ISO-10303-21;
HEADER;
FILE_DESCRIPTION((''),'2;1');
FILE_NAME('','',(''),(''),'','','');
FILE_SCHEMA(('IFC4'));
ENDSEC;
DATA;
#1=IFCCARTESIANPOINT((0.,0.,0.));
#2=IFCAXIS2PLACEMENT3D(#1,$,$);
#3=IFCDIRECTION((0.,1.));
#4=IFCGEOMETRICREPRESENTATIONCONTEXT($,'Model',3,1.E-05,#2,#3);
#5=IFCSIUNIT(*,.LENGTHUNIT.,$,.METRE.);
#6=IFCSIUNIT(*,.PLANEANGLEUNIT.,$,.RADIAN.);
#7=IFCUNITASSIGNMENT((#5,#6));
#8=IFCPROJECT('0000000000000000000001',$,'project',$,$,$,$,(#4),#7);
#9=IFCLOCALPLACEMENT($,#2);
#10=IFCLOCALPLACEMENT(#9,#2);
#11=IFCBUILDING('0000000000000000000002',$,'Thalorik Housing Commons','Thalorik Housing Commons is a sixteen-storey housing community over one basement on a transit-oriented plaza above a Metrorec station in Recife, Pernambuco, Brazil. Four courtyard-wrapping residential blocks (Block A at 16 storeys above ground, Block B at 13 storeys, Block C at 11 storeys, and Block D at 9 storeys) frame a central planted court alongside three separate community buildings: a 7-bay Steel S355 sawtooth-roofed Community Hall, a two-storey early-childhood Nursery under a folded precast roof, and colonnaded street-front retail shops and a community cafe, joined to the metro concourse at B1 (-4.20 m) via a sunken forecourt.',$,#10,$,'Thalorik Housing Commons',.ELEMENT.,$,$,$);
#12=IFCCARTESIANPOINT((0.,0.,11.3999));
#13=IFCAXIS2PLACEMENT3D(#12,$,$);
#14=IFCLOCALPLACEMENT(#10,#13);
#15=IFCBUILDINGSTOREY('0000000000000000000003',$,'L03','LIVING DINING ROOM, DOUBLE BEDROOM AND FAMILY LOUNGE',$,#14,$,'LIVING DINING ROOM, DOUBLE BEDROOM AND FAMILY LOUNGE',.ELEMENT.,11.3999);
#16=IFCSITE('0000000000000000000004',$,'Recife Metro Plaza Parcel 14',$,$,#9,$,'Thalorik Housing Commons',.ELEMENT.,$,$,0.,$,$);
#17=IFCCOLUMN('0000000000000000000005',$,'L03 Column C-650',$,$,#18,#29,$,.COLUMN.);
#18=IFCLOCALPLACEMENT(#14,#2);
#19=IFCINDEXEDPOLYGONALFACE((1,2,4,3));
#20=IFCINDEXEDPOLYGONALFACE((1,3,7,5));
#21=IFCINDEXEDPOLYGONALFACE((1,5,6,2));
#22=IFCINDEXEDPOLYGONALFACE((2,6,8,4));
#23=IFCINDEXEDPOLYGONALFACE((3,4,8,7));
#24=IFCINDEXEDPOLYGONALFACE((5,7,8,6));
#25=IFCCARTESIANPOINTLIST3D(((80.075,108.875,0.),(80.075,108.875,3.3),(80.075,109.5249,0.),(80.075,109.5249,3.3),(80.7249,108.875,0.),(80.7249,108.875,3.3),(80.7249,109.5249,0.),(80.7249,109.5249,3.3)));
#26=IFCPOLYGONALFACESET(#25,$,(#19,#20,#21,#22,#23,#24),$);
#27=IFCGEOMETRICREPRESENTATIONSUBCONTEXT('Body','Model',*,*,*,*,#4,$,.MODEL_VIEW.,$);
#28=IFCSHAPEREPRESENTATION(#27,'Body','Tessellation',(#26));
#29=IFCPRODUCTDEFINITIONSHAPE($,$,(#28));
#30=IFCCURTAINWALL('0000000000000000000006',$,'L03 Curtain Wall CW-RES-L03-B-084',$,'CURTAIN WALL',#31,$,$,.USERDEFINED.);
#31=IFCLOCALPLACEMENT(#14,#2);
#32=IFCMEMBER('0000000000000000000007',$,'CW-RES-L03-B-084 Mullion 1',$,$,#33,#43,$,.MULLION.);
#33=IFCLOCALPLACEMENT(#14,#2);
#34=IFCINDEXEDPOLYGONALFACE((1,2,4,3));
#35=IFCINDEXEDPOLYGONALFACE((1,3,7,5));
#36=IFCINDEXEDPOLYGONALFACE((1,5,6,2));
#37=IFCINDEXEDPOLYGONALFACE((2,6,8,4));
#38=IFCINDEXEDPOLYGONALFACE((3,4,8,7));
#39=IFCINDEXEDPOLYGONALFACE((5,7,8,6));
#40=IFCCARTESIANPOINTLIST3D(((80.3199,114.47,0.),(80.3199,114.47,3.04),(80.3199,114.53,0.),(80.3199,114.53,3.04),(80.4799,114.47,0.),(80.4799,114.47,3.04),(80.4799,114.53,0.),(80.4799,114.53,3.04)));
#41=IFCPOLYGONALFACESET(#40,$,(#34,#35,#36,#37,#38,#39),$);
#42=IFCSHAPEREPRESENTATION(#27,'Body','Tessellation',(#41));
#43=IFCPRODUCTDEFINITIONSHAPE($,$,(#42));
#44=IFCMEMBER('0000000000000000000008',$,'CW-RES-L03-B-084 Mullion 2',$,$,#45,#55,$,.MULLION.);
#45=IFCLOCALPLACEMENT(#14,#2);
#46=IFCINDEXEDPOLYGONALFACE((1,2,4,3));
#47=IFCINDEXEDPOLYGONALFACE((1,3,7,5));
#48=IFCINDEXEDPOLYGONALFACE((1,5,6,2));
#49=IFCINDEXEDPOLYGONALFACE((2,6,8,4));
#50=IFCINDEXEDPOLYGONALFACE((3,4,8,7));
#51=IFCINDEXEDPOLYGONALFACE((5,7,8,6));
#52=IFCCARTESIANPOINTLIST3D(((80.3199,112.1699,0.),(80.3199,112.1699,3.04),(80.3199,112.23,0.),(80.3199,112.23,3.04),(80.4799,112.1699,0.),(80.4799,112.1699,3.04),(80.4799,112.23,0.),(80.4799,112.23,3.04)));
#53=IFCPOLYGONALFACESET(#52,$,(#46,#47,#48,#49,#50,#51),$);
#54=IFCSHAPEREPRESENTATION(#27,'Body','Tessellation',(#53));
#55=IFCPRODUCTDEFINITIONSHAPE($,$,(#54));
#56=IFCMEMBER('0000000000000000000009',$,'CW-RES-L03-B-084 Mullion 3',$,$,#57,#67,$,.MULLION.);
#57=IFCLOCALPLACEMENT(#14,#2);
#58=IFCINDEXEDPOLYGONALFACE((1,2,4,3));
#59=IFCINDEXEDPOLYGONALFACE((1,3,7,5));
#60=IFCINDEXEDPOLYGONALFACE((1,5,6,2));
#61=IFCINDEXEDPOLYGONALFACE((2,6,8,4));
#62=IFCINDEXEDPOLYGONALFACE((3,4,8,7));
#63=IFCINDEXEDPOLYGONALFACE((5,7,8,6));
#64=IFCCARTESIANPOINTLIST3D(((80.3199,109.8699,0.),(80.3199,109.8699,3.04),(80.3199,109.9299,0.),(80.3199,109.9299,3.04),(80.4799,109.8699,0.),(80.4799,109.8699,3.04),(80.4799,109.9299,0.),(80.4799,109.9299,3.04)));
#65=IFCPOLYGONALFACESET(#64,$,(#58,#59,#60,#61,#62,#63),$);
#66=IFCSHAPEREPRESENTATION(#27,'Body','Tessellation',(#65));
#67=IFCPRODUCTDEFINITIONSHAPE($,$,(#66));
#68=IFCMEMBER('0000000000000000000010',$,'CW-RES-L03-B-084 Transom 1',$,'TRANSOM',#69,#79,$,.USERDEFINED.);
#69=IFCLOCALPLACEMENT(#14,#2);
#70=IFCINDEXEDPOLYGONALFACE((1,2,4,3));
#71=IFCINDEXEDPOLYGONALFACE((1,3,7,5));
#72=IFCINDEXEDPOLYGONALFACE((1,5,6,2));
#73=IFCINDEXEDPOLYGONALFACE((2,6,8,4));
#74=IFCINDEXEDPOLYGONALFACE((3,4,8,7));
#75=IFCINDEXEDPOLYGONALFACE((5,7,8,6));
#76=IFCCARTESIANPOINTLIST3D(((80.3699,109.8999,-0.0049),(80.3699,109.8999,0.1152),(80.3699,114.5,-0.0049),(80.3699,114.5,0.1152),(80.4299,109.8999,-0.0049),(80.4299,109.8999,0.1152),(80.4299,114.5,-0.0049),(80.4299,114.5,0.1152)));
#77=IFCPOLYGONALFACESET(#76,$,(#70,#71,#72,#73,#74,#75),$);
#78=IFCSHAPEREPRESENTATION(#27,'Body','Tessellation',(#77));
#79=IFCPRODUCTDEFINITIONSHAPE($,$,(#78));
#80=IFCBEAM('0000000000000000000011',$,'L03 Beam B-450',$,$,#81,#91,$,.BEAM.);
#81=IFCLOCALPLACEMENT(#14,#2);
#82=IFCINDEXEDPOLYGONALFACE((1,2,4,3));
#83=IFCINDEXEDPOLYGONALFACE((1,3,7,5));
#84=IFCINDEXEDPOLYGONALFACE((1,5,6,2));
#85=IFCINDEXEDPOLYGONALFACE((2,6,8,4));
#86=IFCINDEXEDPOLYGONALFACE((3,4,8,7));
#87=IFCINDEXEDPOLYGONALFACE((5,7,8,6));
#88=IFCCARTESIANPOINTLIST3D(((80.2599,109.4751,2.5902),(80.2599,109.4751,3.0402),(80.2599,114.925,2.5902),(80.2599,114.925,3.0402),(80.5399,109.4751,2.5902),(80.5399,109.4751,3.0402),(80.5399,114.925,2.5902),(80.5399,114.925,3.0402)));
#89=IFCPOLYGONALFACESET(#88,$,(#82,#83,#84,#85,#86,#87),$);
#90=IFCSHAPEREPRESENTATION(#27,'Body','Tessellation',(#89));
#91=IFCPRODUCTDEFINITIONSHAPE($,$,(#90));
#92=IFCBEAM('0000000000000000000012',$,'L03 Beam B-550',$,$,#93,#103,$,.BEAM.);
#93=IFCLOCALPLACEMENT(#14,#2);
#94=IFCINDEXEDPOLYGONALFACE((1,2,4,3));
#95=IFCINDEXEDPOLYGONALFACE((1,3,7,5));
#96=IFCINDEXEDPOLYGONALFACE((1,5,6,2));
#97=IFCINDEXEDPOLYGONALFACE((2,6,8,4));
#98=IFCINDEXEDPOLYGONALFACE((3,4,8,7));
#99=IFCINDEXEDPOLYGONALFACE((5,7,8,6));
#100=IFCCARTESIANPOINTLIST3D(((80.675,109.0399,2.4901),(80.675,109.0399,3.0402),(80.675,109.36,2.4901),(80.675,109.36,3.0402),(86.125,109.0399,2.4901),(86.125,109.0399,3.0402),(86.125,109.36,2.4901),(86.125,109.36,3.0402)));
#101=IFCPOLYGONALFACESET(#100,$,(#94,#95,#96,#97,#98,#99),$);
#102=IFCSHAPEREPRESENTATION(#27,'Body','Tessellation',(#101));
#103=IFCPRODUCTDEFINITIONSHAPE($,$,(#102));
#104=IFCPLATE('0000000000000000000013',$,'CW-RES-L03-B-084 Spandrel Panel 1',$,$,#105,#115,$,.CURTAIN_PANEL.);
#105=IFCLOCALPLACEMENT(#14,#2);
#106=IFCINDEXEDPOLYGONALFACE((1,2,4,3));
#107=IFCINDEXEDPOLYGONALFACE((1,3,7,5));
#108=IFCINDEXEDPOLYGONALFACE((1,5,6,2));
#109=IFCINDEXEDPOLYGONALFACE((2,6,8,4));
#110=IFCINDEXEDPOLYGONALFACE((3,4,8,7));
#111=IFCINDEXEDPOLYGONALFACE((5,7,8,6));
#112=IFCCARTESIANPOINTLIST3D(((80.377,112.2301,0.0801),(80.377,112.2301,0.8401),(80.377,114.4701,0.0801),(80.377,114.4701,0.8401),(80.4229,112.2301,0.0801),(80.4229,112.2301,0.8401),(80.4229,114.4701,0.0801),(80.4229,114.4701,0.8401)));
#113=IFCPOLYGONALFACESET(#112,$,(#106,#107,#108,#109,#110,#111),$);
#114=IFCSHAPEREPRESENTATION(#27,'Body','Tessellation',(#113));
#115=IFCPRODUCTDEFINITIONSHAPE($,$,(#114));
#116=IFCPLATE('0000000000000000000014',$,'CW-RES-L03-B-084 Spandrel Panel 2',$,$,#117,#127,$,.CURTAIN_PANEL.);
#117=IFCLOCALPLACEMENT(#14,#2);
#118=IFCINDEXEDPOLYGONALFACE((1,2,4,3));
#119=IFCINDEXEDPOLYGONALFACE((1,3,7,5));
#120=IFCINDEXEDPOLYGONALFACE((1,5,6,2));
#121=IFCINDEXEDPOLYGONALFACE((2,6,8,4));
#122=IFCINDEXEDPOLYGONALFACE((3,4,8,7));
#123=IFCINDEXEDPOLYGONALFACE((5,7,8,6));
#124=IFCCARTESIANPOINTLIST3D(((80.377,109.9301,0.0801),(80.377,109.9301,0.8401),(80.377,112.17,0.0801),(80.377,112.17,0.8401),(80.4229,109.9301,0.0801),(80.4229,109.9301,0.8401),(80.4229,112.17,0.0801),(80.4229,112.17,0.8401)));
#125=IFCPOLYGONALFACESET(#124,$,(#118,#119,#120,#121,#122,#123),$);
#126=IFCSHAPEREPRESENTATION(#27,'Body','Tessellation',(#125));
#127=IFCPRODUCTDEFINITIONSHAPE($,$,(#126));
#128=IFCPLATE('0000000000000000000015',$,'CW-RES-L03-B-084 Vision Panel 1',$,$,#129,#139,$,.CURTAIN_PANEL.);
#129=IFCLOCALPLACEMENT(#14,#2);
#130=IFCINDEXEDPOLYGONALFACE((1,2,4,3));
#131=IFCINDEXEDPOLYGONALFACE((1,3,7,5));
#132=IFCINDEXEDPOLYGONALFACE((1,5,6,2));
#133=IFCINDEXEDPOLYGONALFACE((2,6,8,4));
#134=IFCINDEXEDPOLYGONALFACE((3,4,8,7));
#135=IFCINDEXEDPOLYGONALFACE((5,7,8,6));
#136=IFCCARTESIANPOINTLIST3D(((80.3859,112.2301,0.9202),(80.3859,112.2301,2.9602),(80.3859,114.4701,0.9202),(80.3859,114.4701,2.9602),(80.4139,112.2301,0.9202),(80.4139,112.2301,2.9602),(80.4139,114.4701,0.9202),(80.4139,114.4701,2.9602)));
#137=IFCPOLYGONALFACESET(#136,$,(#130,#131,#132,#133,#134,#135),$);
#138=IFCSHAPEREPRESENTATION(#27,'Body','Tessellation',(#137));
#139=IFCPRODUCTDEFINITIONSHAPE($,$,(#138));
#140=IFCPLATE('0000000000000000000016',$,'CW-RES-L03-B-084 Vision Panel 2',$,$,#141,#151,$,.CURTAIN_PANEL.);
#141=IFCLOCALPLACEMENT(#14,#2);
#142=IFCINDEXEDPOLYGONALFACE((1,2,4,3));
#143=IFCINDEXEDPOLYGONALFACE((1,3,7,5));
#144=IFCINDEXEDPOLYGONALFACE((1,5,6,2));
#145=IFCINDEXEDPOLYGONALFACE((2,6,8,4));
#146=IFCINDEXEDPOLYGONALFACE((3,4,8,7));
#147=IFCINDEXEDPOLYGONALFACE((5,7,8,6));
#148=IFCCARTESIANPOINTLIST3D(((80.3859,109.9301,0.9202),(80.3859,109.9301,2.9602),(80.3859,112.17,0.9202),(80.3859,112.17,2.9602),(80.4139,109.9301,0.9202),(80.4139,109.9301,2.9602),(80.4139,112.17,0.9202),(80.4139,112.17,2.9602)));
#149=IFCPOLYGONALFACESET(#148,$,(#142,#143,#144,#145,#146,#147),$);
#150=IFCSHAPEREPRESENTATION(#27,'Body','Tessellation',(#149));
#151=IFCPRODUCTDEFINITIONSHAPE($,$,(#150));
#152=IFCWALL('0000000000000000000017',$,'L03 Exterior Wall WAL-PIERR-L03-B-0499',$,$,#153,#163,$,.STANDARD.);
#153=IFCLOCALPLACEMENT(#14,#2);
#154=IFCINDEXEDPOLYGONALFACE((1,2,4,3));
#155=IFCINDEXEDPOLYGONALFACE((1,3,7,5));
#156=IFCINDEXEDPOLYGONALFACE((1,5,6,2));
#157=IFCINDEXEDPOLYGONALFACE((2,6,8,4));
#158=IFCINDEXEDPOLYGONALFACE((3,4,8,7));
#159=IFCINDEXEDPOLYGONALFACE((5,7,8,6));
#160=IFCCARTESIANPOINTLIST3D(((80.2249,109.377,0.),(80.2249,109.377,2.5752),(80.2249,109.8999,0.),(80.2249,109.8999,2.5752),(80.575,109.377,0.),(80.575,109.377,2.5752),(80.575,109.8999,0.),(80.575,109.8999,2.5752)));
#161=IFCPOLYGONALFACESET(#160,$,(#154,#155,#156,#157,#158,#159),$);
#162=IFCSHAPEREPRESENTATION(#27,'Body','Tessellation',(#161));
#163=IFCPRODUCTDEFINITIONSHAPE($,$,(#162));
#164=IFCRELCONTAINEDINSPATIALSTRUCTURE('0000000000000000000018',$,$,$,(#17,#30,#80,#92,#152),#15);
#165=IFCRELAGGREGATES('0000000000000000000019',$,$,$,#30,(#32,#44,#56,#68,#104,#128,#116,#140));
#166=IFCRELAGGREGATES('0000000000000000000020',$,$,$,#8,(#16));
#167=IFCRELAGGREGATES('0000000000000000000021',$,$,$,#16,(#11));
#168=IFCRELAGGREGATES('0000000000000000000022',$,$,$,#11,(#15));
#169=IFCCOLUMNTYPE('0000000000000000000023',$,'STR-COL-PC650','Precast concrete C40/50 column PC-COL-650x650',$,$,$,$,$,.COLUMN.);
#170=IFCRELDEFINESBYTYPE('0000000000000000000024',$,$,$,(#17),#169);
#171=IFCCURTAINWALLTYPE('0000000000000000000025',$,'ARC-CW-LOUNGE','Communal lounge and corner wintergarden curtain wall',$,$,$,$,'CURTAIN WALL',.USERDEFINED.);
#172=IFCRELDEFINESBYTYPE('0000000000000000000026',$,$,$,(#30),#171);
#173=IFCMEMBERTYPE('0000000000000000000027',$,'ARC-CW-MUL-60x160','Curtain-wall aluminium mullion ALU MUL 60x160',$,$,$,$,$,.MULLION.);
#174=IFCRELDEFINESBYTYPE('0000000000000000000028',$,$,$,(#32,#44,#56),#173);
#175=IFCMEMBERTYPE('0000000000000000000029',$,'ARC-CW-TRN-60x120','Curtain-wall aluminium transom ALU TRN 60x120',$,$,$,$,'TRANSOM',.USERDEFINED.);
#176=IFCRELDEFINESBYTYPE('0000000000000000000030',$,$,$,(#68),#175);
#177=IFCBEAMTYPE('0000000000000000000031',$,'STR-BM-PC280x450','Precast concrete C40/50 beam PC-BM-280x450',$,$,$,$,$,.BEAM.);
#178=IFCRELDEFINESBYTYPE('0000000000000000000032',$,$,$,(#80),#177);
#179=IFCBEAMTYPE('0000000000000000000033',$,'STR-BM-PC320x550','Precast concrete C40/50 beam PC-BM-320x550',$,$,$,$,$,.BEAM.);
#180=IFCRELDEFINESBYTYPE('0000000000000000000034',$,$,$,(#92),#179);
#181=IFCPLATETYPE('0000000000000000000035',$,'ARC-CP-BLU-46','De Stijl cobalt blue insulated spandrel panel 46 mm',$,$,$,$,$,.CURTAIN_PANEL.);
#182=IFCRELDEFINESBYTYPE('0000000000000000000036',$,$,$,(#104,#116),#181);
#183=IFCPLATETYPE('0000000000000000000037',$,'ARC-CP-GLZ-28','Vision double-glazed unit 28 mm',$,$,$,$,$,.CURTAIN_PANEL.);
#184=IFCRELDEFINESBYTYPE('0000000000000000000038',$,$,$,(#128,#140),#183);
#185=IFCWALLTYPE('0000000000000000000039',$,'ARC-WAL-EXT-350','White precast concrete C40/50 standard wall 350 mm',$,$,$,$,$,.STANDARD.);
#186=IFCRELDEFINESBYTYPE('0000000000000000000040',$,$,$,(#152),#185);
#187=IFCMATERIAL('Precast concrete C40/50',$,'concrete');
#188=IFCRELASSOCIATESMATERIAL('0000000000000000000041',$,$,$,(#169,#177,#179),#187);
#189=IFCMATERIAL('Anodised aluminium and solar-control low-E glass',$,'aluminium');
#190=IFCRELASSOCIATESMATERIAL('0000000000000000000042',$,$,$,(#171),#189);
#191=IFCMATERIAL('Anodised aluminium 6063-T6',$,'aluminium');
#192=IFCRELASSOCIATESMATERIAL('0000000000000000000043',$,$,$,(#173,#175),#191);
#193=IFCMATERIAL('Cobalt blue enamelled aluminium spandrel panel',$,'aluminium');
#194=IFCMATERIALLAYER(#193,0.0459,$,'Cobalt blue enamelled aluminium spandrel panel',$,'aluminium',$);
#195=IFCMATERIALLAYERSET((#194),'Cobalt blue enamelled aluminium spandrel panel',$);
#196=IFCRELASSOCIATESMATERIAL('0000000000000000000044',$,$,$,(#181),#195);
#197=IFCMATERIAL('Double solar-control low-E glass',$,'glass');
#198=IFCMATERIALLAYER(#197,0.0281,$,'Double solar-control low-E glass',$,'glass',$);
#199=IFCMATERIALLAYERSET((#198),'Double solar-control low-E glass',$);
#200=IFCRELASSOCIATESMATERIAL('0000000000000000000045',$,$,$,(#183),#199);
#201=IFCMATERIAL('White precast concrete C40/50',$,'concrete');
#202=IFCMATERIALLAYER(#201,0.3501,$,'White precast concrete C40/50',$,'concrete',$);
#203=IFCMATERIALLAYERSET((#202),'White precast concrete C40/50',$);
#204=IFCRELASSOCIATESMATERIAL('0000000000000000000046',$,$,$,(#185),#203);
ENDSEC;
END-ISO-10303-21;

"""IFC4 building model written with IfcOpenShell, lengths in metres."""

from ifc_helpers import new_model, si_unit, direction, frame, frame_2d, origin, origin_2d, place, context, subcontext, project, spatial, rectangle, extrude, material, layer, layer_set, material_profile, profile_set, type_object, element, aggregate, save


model = new_model("IFC4")

# Units and contexts
model_context = context("Model", 3, precision=1e-05, world=origin(), true_north=direction((0.0, 1.0)))
body_context = subcontext(model_context, "Body", "Model", "MODEL_VIEW")
ifc_project = project(units=[si_unit("LENGTHUNIT", "METRE"), si_unit("PLANEANGLEUNIT", "RADIAN")], contexts=[model_context])

# Site, building, storey
site_placement = place(None, origin())
site = spatial("IfcSite", under=ifc_project, at=site_placement, Name="Recife Metro Plaza Parcel 14", LongName="Thalorik Housing Commons", CompositionType="ELEMENT", RefElevation=0.0)
building_placement = place(site_placement, origin())
building = spatial("IfcBuilding", under=site, at=building_placement, Name="Thalorik Housing Commons", Description="Thalorik Housing Commons is a sixteen-storey housing community over one basement on a transit-oriented plaza above a Metrorec station in Recife, Pernambuco, Brazil. Four courtyard-wrapping residential blocks (Block A at 16 storeys above ground, Block B at 13 storeys, Block C at 11 storeys, and Block D at 9 storeys) frame a central planted court alongside three separate community buildings: a 7-bay Steel S355 sawtooth-roofed Community Hall, a two-storey early-childhood Nursery under a folded precast roof, and colonnaded street-front retail shops and a community cafe, joined to the metro concourse at B1 (-4.20 m) via a sunken forecourt.", LongName="Thalorik Housing Commons", CompositionType="ELEMENT")
storey_placement = place(building_placement, frame((0.0, 0.0, 11.3999)))
storey = spatial("IfcBuildingStorey", under=building, at=storey_placement, Name="L03", Description="LIVING DINING ROOM, DOUBLE BEDROOM AND FAMILY LOUNGE", LongName="LIVING DINING ROOM, DOUBLE BEDROOM AND FAMILY LOUNGE", CompositionType="ELEMENT", Elevation=11.3999)

# Column
ifc_material_1 = material(Name="Precast concrete C40/50", Category="concrete")
ifc_material_profile_1 = material_profile(ifc_material_1, rectangle(XDim=0.6499, YDim=0.6499, at=origin_2d()), Name="PC 650x650", Category="concrete")
ifc_profile_set_1 = profile_set([ifc_material_profile_1], Name="Precast concrete C40/50")
column_type = type_object("IfcColumnType", Name="STR-COL-PC650", Description="Precast concrete C40/50 column PC-COL-650x650", PredefinedType="COLUMN", material=ifc_profile_set_1)
column_placement = place(storey_placement, frame((80.3999, 109.2, 0.0), z_axis=(0.0, 0.0, 1.0), x_axis=(1.0, 0.0, 0.0)))
element("IfcColumn", 1, at=column_placement, inside=storey, type_object=column_type, Name="L03 Column C-650", PredefinedType="COLUMN", context=body_context, shape_type="SweptSolid", body=[
    extrude(rectangle(XDim=0.6499, YDim=0.6499, at=origin_2d()), origin(), (0.0, 0.0, 1.0), 3.3),
])

# Curtain wall, members
ifc_material_2 = material(Name="Anodised aluminium and solar-control low-E glass", Category="aluminium")
curtain_wall_type = type_object("IfcCurtainWallType", Name="ARC-CW-LOUNGE", Description="Communal lounge and corner wintergarden curtain wall", ElementType="CURTAIN WALL", PredefinedType="USERDEFINED", material=ifc_material_2)
curtain_wall_placement = place(storey_placement, origin())
curtain_wall = element("IfcCurtainWall", 2, at=curtain_wall_placement, inside=storey, type_object=curtain_wall_type, Name="L03 Curtain Wall CW-RES-L03-B-084", ObjectType="CURTAIN WALL", PredefinedType="USERDEFINED")
ifc_material_3 = material(Name="Anodised aluminium 6063-T6", Category="aluminium")
ifc_material_profile_2 = material_profile(ifc_material_3, rectangle(XDim=0.0601, YDim=0.1599, at=origin_2d()), Name="ALU MUL 60x160", Category="aluminium")
ifc_profile_set_2 = profile_set([ifc_material_profile_2], Name="Anodised aluminium 6063-T6")
member_type_1 = type_object("IfcMemberType", Name="ARC-CW-MUL-60x160", Description="Curtain-wall aluminium mullion ALU MUL 60x160", PredefinedType="MULLION", material=ifc_profile_set_2)
member_1_placement = place(storey_placement, frame((80.3999, 114.5, 0.0), z_axis=(0.0, 0.0, 1.0), x_axis=(0.0, -1.0, 0.0)))
member_1 = element("IfcMember", 3, at=member_1_placement, type_object=member_type_1, Name="CW-RES-L03-B-084 Mullion 1", PredefinedType="MULLION", context=body_context, shape_type="SweptSolid", body=[
    extrude(rectangle(XDim=0.0601, YDim=0.1599, at=origin_2d()), origin(), (0.0, 0.0, 1.0), 3.04),
])
member_2_placement = place(storey_placement, frame((80.3999, 112.2, 0.0), z_axis=(0.0, 0.0, 1.0), x_axis=(0.0, -1.0, 0.0)))
member_2 = element("IfcMember", 4, at=member_2_placement, type_object=member_type_1, Name="CW-RES-L03-B-084 Mullion 2", PredefinedType="MULLION", context=body_context, shape_type="SweptSolid", body=[
    extrude(rectangle(XDim=0.0601, YDim=0.1599, at=origin_2d()), origin(), (0.0, 0.0, 1.0), 3.04),
])
member_3_placement = place(storey_placement, frame((80.3999, 109.8999, 0.0), z_axis=(0.0, 0.0, 1.0), x_axis=(0.0, -1.0, 0.0)))
member_3 = element("IfcMember", 5, at=member_3_placement, type_object=member_type_1, Name="CW-RES-L03-B-084 Mullion 3", PredefinedType="MULLION", context=body_context, shape_type="SweptSolid", body=[
    extrude(rectangle(XDim=0.0601, YDim=0.1599, at=origin_2d()), origin(), (0.0, 0.0, 1.0), 3.04),
])
ifc_material_profile_3 = material_profile(ifc_material_3, rectangle(XDim=0.0601, YDim=0.1201, at=origin_2d()), Name="ALU TRN 60x120", Category="aluminium")
ifc_profile_set_3 = profile_set([ifc_material_profile_3], Name="Anodised aluminium 6063-T6")
member_type_2 = type_object("IfcMemberType", Name="ARC-CW-TRN-60x120", Description="Curtain-wall aluminium transom ALU TRN 60x120", ElementType="TRANSOM", PredefinedType="USERDEFINED", material=ifc_profile_set_3)
member_4_placement = place(storey_placement, frame((80.3999, 114.5, 0.0552), z_axis=(0.0, -1.0, 0.0), x_axis=(1.0, 0.0, 0.0)))
member_4 = element("IfcMember", 6, at=member_4_placement, type_object=member_type_2, Name="CW-RES-L03-B-084 Transom 1", ObjectType="TRANSOM", PredefinedType="USERDEFINED", context=body_context, shape_type="SweptSolid", body=[
    extrude(rectangle(XDim=0.0601, YDim=0.1201, at=origin_2d()), origin(), (0.0, 0.0, 1.0), 4.6001),
])

# Beams
ifc_material_profile_4 = material_profile(ifc_material_1, rectangle(XDim=0.28, YDim=0.45, at=origin_2d()), Name="PC 280x450", Category="concrete")
ifc_profile_set_4 = profile_set([ifc_material_profile_4], Name="Precast concrete C40/50")
beam_type_1 = type_object("IfcBeamType", Name="STR-BM-PC280x450", Description="Precast concrete C40/50 beam PC-BM-280x450", PredefinedType="BEAM", material=ifc_profile_set_4)
beam_1_placement = place(storey_placement, frame((80.3999, 109.4751, 2.8152), z_axis=(0.0, 1.0, 0.0), x_axis=(-1.0, 0.0, 0.0)))
element("IfcBeam", 7, at=beam_1_placement, inside=storey, type_object=beam_type_1, Name="L03 Beam B-450", PredefinedType="BEAM", context=body_context, shape_type="SweptSolid", body=[
    extrude(rectangle(XDim=0.28, YDim=0.45, at=origin_2d()), origin(), (0.0, 0.0, 1.0), 5.45),
])
ifc_material_profile_5 = material_profile(ifc_material_1, rectangle(XDim=0.3201, YDim=0.55, at=origin_2d()), Name="PC 320x550", Category="concrete")
ifc_profile_set_5 = profile_set([ifc_material_profile_5], Name="Precast concrete C40/50")
beam_type_2 = type_object("IfcBeamType", Name="STR-BM-PC320x550", Description="Precast concrete C40/50 beam PC-BM-320x550", PredefinedType="BEAM", material=ifc_profile_set_5)
beam_2_placement = place(storey_placement, frame((80.675, 109.2, 2.7651), z_axis=(1.0, 0.0, 0.0), x_axis=(0.0, 1.0, 0.0)))
element("IfcBeam", 8, at=beam_2_placement, inside=storey, type_object=beam_type_2, Name="L03 Beam B-550", PredefinedType="BEAM", context=body_context, shape_type="SweptSolid", body=[
    extrude(rectangle(XDim=0.3201, YDim=0.55, at=origin_2d()), origin(), (0.0, 0.0, 1.0), 5.45),
])

# Plates
ifc_material_4 = material(Name="Cobalt blue enamelled aluminium spandrel panel", Category="aluminium")
ifc_layer_1 = layer(ifc_material_4, 0.0459, Name="Cobalt blue enamelled aluminium spandrel panel", Category="aluminium")
ifc_layer_set_1 = layer_set([ifc_layer_1], Name="Cobalt blue enamelled aluminium spandrel panel")
plate_type_1 = type_object("IfcPlateType", Name="ARC-CP-BLU-46", Description="De Stijl cobalt blue insulated spandrel panel 46 mm", PredefinedType="CURTAIN_PANEL", material=ifc_layer_set_1)
plate_1_placement = place(storey_placement, frame((80.3999, 113.3501, 0.0801), z_axis=(0.0, 0.0, 1.0), x_axis=(0.0, -1.0, 0.0)))
plate_1 = element("IfcPlate", 9, at=plate_1_placement, type_object=plate_type_1, Name="CW-RES-L03-B-084 Spandrel Panel 1", PredefinedType="CURTAIN_PANEL", context=body_context, shape_type="SweptSolid", body=[
    extrude(rectangle(XDim=2.24, YDim=0.0459, at=origin_2d()), origin(), (0.0, 0.0, 1.0), 0.76),
])
plate_2_placement = place(storey_placement, frame((80.3999, 111.05, 0.0801), z_axis=(0.0, 0.0, 1.0), x_axis=(0.0, -1.0, 0.0)))
plate_2 = element("IfcPlate", 10, at=plate_2_placement, type_object=plate_type_1, Name="CW-RES-L03-B-084 Spandrel Panel 2", PredefinedType="CURTAIN_PANEL", context=body_context, shape_type="SweptSolid", body=[
    extrude(rectangle(XDim=2.24, YDim=0.0459, at=origin_2d()), origin(), (0.0, 0.0, 1.0), 0.76),
])
ifc_material_5 = material(Name="Double solar-control low-E glass", Category="glass")
ifc_layer_2 = layer(ifc_material_5, 0.0281, Name="Double solar-control low-E glass", Category="glass")
ifc_layer_set_2 = layer_set([ifc_layer_2], Name="Double solar-control low-E glass")
plate_type_2 = type_object("IfcPlateType", Name="ARC-CP-GLZ-28", Description="Vision double-glazed unit 28 mm", PredefinedType="CURTAIN_PANEL", material=ifc_layer_set_2)
plate_3_placement = place(storey_placement, frame((80.3999, 113.3501, 0.9202), z_axis=(0.0, 0.0, 1.0), x_axis=(0.0, -1.0, 0.0)))
plate_3 = element("IfcPlate", 11, at=plate_3_placement, type_object=plate_type_2, Name="CW-RES-L03-B-084 Vision Panel 1", PredefinedType="CURTAIN_PANEL", context=body_context, shape_type="SweptSolid", body=[
    extrude(rectangle(XDim=2.24, YDim=0.0281, at=origin_2d()), origin(), (0.0, 0.0, 1.0), 2.04),
])
plate_4_placement = place(storey_placement, frame((80.3999, 111.05, 0.9202), z_axis=(0.0, 0.0, 1.0), x_axis=(0.0, -1.0, 0.0)))
plate_4 = element("IfcPlate", 12, at=plate_4_placement, type_object=plate_type_2, Name="CW-RES-L03-B-084 Vision Panel 2", PredefinedType="CURTAIN_PANEL", context=body_context, shape_type="SweptSolid", body=[
    extrude(rectangle(XDim=2.24, YDim=0.0281, at=origin_2d()), origin(), (0.0, 0.0, 1.0), 2.04),
])
aggregate(curtain_wall, [member_1, member_2, member_3, member_4, plate_1, plate_3, plate_2, plate_4])

# Wall
ifc_material_6 = material(Name="White precast concrete C40/50", Category="concrete")
ifc_layer_3 = layer(ifc_material_6, 0.3501, Name="White precast concrete C40/50", Category="concrete")
ifc_layer_set_3 = layer_set([ifc_layer_3], Name="White precast concrete C40/50")
wall_type = type_object("IfcWallType", Name="ARC-WAL-EXT-350", Description="White precast concrete C40/50 standard wall 350 mm", PredefinedType="STANDARD", material=ifc_layer_set_3)
wall_1_placement = place(storey_placement, frame((80.3999, 109.8999, 0.0), z_axis=(0.0, 0.0, 1.0), x_axis=(0.0, -1.0, 0.0)))
element("IfcWall", 13, at=wall_1_placement, inside=storey, type_object=wall_type, Name="L03 Exterior Wall WAL-PIERR-L03-B-0499", PredefinedType="STANDARD", context=body_context, shape_type="SweptSolid", body=[
    extrude(rectangle(XDim=0.5229, YDim=0.3501, at=frame_2d((0.2615, 0.0))), origin(), (0.0, 0.0, 1.0), 2.5752),
])

save(model, "model.ifc")
